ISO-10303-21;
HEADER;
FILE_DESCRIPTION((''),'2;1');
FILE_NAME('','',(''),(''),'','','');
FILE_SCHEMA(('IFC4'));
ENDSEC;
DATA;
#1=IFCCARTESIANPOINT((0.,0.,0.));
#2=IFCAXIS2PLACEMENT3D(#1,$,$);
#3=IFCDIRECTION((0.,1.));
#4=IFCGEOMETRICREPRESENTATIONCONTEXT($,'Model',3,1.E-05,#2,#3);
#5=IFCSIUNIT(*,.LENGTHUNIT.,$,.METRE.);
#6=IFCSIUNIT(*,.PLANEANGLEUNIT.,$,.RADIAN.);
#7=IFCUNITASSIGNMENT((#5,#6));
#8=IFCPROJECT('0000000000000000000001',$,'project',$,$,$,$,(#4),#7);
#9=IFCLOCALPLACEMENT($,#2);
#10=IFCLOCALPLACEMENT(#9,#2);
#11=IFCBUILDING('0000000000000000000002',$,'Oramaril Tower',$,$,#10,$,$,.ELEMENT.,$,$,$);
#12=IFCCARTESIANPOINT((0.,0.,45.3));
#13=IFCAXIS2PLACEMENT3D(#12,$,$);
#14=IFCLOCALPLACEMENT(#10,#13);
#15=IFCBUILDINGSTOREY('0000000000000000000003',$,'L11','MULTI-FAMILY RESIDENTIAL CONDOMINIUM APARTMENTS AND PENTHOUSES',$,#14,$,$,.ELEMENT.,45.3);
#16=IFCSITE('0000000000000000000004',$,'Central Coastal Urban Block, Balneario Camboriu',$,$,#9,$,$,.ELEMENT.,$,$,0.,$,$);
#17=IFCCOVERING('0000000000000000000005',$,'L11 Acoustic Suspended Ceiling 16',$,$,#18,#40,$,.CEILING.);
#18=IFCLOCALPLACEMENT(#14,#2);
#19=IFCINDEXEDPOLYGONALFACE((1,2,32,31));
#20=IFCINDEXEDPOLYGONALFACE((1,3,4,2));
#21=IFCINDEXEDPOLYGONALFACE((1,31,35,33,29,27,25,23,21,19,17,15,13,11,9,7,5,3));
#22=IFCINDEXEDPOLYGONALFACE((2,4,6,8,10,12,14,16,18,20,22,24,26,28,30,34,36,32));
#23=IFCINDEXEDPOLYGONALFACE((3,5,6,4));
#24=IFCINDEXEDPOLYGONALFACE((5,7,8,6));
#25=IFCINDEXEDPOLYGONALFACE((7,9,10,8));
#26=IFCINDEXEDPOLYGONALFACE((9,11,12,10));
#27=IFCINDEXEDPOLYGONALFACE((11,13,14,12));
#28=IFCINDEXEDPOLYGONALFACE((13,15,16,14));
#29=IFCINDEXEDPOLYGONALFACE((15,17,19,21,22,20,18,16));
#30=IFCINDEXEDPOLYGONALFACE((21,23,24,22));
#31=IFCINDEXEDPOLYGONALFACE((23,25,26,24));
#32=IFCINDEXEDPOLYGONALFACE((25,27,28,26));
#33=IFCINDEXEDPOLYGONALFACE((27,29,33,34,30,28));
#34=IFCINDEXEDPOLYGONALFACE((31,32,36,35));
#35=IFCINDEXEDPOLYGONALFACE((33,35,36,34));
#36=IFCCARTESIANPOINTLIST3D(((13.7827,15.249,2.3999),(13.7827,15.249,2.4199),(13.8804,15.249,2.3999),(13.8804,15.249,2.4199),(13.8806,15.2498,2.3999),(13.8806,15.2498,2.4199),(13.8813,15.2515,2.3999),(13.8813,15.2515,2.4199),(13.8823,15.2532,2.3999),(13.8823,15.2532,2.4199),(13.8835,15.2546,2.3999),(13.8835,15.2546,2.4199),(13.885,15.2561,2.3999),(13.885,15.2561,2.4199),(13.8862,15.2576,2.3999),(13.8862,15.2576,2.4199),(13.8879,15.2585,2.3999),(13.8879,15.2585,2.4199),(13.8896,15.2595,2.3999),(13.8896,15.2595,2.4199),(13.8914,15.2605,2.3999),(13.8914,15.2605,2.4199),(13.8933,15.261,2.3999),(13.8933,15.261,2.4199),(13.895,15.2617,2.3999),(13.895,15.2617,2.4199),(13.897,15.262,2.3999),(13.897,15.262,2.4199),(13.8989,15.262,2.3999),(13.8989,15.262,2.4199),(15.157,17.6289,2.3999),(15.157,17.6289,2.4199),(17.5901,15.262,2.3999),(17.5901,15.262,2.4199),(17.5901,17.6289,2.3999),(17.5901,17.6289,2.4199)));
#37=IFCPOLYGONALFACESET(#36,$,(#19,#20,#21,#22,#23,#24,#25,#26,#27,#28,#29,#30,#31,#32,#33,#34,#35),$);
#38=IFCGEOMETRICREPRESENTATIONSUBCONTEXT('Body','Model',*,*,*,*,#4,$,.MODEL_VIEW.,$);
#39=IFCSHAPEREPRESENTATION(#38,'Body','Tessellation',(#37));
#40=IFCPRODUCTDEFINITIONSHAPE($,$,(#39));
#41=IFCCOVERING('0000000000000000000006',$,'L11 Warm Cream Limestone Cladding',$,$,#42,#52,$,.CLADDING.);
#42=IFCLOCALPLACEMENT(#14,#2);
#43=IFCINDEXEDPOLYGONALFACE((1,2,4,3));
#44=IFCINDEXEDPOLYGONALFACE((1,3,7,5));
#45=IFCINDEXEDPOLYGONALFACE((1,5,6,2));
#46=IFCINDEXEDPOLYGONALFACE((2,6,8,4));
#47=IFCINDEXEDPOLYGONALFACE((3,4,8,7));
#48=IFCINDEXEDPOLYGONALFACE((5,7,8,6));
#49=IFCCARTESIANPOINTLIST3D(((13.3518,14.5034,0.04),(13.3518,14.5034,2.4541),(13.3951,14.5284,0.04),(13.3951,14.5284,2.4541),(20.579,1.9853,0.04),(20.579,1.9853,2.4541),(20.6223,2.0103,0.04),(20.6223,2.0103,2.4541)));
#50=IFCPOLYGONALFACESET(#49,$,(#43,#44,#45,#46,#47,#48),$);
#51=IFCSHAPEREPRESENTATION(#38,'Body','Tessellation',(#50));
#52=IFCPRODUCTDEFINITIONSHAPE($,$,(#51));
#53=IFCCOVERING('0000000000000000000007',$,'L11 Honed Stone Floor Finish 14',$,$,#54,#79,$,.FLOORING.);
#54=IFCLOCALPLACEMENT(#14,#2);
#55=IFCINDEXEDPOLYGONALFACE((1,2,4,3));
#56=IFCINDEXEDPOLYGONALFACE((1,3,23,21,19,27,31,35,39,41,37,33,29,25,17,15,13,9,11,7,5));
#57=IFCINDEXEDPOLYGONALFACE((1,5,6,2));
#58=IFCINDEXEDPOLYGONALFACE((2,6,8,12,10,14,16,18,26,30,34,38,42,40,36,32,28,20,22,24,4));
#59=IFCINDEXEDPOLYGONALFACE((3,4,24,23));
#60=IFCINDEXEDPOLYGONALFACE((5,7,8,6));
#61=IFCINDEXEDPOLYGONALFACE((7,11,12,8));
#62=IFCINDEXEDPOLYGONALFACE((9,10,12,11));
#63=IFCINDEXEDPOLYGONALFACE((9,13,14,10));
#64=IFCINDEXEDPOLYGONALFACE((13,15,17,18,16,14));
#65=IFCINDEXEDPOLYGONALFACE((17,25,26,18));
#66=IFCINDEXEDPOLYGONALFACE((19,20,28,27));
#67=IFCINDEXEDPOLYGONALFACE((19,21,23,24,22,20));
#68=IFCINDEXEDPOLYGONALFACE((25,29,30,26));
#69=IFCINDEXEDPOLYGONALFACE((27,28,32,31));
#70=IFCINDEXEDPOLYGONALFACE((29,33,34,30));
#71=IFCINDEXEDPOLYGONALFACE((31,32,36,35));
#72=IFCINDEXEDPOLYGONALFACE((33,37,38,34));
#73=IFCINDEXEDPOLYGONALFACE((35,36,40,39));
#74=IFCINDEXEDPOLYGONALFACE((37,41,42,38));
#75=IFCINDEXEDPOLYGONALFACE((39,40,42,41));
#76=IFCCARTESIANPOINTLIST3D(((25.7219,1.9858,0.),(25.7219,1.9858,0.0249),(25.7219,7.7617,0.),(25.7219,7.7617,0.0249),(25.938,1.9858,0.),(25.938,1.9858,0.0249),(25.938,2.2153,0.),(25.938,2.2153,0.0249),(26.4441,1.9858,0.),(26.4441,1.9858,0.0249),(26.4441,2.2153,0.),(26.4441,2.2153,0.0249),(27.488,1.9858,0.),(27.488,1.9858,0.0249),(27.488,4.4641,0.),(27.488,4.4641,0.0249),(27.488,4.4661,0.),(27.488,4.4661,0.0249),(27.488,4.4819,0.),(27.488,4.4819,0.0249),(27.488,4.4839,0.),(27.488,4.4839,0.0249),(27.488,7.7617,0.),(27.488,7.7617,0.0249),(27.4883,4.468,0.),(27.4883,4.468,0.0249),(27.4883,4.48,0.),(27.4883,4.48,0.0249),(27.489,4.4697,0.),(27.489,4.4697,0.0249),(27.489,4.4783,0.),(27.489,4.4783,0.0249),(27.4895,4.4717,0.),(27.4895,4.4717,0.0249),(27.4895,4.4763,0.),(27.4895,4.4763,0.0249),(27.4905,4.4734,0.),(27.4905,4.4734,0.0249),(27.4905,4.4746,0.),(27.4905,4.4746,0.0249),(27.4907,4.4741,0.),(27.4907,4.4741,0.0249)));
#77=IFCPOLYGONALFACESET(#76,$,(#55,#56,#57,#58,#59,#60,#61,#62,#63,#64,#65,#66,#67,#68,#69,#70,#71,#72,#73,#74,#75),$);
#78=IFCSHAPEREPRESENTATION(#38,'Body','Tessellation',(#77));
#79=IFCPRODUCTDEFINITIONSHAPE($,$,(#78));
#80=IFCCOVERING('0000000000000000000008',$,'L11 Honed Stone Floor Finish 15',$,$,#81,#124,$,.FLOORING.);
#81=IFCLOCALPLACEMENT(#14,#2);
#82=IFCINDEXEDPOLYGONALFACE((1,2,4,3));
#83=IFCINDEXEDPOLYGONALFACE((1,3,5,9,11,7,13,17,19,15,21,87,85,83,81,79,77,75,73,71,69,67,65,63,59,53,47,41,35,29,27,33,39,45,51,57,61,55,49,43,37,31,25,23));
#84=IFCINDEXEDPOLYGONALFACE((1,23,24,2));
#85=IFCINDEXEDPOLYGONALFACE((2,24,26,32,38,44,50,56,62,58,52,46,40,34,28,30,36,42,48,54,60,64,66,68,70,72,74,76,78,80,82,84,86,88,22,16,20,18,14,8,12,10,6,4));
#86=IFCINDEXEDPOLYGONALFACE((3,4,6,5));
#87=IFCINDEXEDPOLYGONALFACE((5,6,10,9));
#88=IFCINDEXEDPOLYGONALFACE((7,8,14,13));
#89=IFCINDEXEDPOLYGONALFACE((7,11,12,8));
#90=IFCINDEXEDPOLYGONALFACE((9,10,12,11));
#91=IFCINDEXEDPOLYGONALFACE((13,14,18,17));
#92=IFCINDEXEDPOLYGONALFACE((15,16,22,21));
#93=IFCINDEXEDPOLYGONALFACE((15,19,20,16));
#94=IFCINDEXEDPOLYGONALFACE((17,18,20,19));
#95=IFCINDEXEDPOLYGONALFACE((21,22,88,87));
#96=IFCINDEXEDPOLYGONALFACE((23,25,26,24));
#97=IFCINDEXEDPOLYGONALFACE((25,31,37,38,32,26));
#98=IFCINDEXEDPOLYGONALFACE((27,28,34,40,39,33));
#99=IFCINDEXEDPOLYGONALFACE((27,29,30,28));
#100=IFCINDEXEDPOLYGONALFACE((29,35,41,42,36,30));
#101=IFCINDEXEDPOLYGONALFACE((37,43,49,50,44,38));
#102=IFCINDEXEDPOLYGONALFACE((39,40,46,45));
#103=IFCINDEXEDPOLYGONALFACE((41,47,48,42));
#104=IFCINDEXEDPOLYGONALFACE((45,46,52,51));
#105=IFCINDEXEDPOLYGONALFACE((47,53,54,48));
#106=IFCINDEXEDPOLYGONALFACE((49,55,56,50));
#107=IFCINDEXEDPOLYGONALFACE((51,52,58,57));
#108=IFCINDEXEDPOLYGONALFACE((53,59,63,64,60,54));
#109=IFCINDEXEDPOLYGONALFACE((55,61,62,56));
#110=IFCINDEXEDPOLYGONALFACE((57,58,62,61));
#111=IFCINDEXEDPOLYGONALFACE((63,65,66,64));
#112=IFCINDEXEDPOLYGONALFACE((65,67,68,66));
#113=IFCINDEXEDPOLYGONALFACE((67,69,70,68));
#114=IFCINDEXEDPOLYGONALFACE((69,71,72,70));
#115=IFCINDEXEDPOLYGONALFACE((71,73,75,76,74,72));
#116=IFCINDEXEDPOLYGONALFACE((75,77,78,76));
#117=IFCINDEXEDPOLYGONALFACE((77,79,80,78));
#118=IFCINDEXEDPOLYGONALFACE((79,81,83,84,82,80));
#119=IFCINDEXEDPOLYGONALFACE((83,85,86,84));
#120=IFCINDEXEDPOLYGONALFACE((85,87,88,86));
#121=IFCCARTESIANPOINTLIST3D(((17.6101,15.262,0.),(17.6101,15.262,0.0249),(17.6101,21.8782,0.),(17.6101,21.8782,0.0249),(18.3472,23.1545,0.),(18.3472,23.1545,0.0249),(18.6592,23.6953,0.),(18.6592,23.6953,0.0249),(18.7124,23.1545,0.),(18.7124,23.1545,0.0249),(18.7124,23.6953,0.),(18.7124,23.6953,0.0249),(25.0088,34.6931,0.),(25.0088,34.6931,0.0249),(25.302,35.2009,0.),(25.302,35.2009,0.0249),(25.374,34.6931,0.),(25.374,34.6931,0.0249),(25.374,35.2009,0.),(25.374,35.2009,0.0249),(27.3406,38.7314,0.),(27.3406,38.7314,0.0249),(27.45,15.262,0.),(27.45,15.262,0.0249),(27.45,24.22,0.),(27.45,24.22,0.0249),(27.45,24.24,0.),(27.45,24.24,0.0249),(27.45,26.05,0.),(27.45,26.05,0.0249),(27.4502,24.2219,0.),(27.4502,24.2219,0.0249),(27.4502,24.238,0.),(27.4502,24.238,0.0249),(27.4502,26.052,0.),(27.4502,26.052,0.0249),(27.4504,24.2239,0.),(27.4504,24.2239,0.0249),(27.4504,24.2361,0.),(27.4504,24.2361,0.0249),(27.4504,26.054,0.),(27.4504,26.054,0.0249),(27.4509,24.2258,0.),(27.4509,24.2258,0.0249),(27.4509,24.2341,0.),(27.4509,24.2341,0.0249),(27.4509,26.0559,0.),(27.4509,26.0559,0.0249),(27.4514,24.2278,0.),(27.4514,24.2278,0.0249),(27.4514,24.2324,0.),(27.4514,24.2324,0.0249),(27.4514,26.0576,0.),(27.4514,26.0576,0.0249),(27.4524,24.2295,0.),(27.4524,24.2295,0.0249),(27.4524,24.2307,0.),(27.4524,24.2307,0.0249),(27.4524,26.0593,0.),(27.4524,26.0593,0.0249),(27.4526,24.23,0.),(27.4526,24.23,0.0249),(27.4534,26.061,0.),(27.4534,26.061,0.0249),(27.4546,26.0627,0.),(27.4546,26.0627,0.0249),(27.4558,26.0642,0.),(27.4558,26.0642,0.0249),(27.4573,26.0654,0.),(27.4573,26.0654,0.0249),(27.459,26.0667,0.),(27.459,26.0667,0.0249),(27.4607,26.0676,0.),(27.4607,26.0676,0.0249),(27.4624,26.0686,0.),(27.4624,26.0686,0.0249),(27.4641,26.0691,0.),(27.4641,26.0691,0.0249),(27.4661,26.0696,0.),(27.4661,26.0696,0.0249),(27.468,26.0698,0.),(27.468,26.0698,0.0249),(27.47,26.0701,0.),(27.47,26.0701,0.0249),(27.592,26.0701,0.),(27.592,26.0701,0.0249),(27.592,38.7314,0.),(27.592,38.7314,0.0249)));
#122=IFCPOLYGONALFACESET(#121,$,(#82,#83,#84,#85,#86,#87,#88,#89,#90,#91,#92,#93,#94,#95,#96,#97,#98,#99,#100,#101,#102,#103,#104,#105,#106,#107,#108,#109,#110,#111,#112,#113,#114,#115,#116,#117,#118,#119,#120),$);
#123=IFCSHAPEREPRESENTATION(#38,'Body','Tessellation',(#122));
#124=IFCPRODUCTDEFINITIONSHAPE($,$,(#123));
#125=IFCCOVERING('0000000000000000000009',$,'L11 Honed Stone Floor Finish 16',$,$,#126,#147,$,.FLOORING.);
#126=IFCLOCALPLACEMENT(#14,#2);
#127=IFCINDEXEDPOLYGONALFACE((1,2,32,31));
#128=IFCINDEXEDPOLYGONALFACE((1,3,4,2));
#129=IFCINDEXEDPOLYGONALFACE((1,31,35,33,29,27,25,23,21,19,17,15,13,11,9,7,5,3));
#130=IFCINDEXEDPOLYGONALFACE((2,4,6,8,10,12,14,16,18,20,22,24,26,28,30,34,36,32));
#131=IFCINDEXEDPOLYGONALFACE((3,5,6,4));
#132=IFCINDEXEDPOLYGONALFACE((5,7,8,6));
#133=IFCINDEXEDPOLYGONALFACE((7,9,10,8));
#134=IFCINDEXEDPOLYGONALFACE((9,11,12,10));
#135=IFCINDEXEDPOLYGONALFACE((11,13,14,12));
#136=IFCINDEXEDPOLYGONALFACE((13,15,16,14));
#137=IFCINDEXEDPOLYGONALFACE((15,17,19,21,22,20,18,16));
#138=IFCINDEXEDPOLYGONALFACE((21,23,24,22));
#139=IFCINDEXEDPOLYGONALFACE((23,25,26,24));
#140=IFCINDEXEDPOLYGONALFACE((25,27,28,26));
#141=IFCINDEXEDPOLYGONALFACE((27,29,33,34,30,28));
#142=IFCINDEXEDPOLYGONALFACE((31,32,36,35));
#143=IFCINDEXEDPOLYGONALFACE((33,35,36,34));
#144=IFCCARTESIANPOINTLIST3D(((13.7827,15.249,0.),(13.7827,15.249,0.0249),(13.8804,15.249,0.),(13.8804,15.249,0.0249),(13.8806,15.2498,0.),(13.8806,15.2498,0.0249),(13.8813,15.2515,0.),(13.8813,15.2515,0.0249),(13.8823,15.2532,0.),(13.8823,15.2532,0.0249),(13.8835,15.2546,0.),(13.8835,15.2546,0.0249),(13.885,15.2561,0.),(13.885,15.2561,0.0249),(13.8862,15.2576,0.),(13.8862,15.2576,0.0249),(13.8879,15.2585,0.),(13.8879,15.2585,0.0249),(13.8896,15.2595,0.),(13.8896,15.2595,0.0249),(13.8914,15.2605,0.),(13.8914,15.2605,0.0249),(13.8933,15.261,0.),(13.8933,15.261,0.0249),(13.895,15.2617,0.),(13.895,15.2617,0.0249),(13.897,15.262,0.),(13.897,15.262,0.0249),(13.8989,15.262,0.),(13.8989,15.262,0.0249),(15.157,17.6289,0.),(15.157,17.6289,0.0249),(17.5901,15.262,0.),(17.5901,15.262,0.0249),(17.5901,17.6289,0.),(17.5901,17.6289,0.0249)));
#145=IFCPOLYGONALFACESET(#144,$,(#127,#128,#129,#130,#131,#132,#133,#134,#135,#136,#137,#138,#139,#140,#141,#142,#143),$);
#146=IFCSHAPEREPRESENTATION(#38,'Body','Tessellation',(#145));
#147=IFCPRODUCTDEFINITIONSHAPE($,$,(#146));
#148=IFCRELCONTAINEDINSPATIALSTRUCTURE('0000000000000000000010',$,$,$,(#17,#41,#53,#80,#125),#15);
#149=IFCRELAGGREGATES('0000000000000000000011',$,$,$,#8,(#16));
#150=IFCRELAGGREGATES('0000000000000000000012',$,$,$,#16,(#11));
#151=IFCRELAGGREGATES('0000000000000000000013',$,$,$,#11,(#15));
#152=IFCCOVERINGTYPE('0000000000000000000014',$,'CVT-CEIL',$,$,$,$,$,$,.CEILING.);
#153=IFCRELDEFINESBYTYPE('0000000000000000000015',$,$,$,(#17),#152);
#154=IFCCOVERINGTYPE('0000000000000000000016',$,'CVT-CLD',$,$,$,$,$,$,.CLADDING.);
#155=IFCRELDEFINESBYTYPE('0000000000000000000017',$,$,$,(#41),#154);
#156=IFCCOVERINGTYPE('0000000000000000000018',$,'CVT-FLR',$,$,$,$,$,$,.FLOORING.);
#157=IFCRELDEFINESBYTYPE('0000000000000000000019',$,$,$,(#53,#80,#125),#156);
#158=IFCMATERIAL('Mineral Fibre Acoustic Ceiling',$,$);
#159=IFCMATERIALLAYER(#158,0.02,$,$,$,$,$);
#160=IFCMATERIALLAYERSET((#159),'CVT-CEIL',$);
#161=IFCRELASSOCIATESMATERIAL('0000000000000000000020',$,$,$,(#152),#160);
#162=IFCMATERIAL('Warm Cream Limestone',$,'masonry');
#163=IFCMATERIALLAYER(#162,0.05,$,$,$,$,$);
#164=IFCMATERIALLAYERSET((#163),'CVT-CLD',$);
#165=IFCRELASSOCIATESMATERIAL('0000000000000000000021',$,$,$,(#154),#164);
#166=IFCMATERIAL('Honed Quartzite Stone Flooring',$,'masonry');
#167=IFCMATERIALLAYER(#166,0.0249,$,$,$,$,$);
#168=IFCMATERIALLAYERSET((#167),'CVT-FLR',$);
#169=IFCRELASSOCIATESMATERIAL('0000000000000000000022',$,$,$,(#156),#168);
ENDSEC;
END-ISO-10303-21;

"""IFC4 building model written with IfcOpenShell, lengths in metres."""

from ifc_helpers import new_model, si_unit, direction, frame, origin, origin_2d, place, context, subcontext, project, spatial, polyline, rectangle, outline, extrude, material, layer, layer_set, type_object, element, save


model = new_model("IFC4")

# Units and contexts
model_context = context("Model", 3, precision=1e-05, world=origin(), true_north=direction((0.0, 1.0)))
body_context = subcontext(model_context, "Body", "Model", "MODEL_VIEW")
ifc_project = project(units=[si_unit("LENGTHUNIT", "METRE"), si_unit("PLANEANGLEUNIT", "RADIAN")], contexts=[model_context])

# Site, building, storey
site_placement = place(None, origin())
site = spatial("IfcSite", under=ifc_project, at=site_placement, Name="Central Coastal Urban Block, Balneario Camboriu", CompositionType="ELEMENT", RefElevation=0.0)
building_placement = place(site_placement, origin())
building = spatial("IfcBuilding", under=site, at=building_placement, Name="Oramaril Tower", CompositionType="ELEMENT")
storey_placement = place(building_placement, frame((0.0, 0.0, 45.3)))
storey = spatial("IfcBuildingStorey", under=building, at=storey_placement, Name="L11", Description="MULTI-FAMILY RESIDENTIAL CONDOMINIUM APARTMENTS AND PENTHOUSES", CompositionType="ELEMENT", Elevation=45.3)

# Coverings
ifc_material_1 = material(Name="Mineral Fibre Acoustic Ceiling")
ifc_layer_1 = layer(ifc_material_1, 0.02)
ifc_layer_set_1 = layer_set([ifc_layer_1], Name="CVT-CEIL")
covering_type_1 = type_object("IfcCoveringType", Name="CVT-CEIL", PredefinedType="CEILING", material=ifc_layer_set_1)
covering_1_placement = place(storey_placement, frame((0.0, 0.0, 2.3999)))
element("IfcCovering", 1, at=covering_1_placement, inside=storey, type_object=covering_type_1, Name="L11 Acoustic Suspended Ceiling 16", PredefinedType="CEILING", context=body_context, shape_type="SweptSolid", body=[
    extrude(outline(polyline([(13.7827, 15.249), (15.157, 17.6289), (17.5901, 17.6289), (17.5901, 15.262), (13.8989, 15.262), (13.897, 15.262), (13.895, 15.2617), (13.8933, 15.261), (13.8914, 15.2605), (13.8896, 15.2595), (13.8879, 15.2585), (13.8862, 15.2576), (13.885, 15.2561), (13.8835, 15.2546), (13.8823, 15.2532), (13.8813, 15.2515), (13.8806, 15.2498), (13.8804, 15.249), (13.7827, 15.249)])), origin(), (0.0, 0.0, 1.0), 0.02),
])
ifc_material_2 = material(Name="Warm Cream Limestone", Category="masonry")
ifc_layer_2 = layer(ifc_material_2, 0.05)
ifc_layer_set_2 = layer_set([ifc_layer_2], Name="CVT-CLD")
covering_type_2 = type_object("IfcCoveringType", Name="CVT-CLD", PredefinedType="CLADDING", material=ifc_layer_set_2)
covering_2_placement = place(storey_placement, frame((16.9871, 8.2568, 0.04), z_axis=(0.0, 0.0, 1.0), x_axis=(0.499995, -0.866028, 0.0)))
element("IfcCovering", 2, at=covering_2_placement, inside=storey, type_object=covering_type_2, Name="L11 Warm Cream Limestone Cladding", PredefinedType="CLADDING", context=body_context, shape_type="SweptSolid", body=[
    extrude(rectangle(XDim=14.4546, YDim=0.05, at=origin_2d()), origin(), (0.0, 0.0, 1.0), 2.4141),
])
ifc_material_3 = material(Name="Honed Quartzite Stone Flooring", Category="masonry")
ifc_layer_3 = layer(ifc_material_3, 0.0249)
ifc_layer_set_3 = layer_set([ifc_layer_3], Name="CVT-FLR")
covering_type_3 = type_object("IfcCoveringType", Name="CVT-FLR", PredefinedType="FLOORING", material=ifc_layer_set_3)
covering_3_placement = place(storey_placement, origin())
element("IfcCovering", 3, at=covering_3_placement, inside=storey, type_object=covering_type_3, Name="L11 Honed Stone Floor Finish 14", PredefinedType="FLOORING", context=body_context, shape_type="SweptSolid", body=[
    extrude(outline(polyline([(26.4441, 1.9858), (26.4441, 2.2153), (25.938, 2.2153), (25.938, 1.9858), (25.7219, 1.9858), (25.7219, 7.7617), (27.488, 7.7617), (27.488, 4.4839), (27.488, 4.4819), (27.4883, 4.48), (27.489, 4.4783), (27.4895, 4.4763), (27.4905, 4.4746), (27.4907, 4.4741), (27.4905, 4.4734), (27.4895, 4.4717), (27.489, 4.4697), (27.4883, 4.468), (27.488, 4.4661), (27.488, 4.4641), (27.488, 1.9858), (26.4441, 1.9858)])), origin(), (0.0, 0.0, 1.0), 0.0249),
])
covering_4_placement = place(storey_placement, origin())
element("IfcCovering", 4, at=covering_4_placement, inside=storey, type_object=covering_type_3, Name="L11 Honed Stone Floor Finish 15", PredefinedType="FLOORING", context=body_context, shape_type="SweptSolid", body=[
    extrude(outline(polyline([(17.6101, 21.8782), (18.3472, 23.1545), (18.7124, 23.1545), (18.7124, 23.6953), (18.6592, 23.6953), (25.0088, 34.6931), (25.374, 34.6931), (25.374, 35.2009), (25.302, 35.2009), (27.3406, 38.7314), (27.592, 38.7314), (27.592, 26.0701), (27.47, 26.0701), (27.468, 26.0698), (27.4661, 26.0696), (27.4641, 26.0691), (27.4624, 26.0686), (27.4607, 26.0676), (27.459, 26.0667), (27.4573, 26.0654), (27.4558, 26.0642), (27.4546, 26.0627), (27.4534, 26.061), (27.4524, 26.0593), (27.4514, 26.0576), (27.4509, 26.0559), (27.4504, 26.054), (27.4502, 26.052), (27.45, 26.05), (27.45, 24.24), (27.4502, 24.238), (27.4504, 24.2361), (27.4509, 24.2341), (27.4514, 24.2324), (27.4524, 24.2307), (27.4526, 24.23), (27.4524, 24.2295), (27.4514, 24.2278), (27.4509, 24.2258), (27.4504, 24.2239), (27.4502, 24.2219), (27.45, 24.22), (27.45, 15.262), (17.6101, 15.262), (17.6101, 21.8782)])), origin(), (0.0, 0.0, 1.0), 0.0249),
])
covering_5_placement = place(storey_placement, origin())
element("IfcCovering", 5, at=covering_5_placement, inside=storey, type_object=covering_type_3, Name="L11 Honed Stone Floor Finish 16", PredefinedType="FLOORING", context=body_context, shape_type="SweptSolid", body=[
    extrude(outline(polyline([(13.7827, 15.249), (15.157, 17.6289), (17.5901, 17.6289), (17.5901, 15.262), (13.8989, 15.262), (13.897, 15.262), (13.895, 15.2617), (13.8933, 15.261), (13.8914, 15.2605), (13.8896, 15.2595), (13.8879, 15.2585), (13.8862, 15.2576), (13.885, 15.2561), (13.8835, 15.2546), (13.8823, 15.2532), (13.8813, 15.2515), (13.8806, 15.2498), (13.8804, 15.249), (13.7827, 15.249)])), origin(), (0.0, 0.0, 1.0), 0.0249),
])

save(model, "model.ifc")
